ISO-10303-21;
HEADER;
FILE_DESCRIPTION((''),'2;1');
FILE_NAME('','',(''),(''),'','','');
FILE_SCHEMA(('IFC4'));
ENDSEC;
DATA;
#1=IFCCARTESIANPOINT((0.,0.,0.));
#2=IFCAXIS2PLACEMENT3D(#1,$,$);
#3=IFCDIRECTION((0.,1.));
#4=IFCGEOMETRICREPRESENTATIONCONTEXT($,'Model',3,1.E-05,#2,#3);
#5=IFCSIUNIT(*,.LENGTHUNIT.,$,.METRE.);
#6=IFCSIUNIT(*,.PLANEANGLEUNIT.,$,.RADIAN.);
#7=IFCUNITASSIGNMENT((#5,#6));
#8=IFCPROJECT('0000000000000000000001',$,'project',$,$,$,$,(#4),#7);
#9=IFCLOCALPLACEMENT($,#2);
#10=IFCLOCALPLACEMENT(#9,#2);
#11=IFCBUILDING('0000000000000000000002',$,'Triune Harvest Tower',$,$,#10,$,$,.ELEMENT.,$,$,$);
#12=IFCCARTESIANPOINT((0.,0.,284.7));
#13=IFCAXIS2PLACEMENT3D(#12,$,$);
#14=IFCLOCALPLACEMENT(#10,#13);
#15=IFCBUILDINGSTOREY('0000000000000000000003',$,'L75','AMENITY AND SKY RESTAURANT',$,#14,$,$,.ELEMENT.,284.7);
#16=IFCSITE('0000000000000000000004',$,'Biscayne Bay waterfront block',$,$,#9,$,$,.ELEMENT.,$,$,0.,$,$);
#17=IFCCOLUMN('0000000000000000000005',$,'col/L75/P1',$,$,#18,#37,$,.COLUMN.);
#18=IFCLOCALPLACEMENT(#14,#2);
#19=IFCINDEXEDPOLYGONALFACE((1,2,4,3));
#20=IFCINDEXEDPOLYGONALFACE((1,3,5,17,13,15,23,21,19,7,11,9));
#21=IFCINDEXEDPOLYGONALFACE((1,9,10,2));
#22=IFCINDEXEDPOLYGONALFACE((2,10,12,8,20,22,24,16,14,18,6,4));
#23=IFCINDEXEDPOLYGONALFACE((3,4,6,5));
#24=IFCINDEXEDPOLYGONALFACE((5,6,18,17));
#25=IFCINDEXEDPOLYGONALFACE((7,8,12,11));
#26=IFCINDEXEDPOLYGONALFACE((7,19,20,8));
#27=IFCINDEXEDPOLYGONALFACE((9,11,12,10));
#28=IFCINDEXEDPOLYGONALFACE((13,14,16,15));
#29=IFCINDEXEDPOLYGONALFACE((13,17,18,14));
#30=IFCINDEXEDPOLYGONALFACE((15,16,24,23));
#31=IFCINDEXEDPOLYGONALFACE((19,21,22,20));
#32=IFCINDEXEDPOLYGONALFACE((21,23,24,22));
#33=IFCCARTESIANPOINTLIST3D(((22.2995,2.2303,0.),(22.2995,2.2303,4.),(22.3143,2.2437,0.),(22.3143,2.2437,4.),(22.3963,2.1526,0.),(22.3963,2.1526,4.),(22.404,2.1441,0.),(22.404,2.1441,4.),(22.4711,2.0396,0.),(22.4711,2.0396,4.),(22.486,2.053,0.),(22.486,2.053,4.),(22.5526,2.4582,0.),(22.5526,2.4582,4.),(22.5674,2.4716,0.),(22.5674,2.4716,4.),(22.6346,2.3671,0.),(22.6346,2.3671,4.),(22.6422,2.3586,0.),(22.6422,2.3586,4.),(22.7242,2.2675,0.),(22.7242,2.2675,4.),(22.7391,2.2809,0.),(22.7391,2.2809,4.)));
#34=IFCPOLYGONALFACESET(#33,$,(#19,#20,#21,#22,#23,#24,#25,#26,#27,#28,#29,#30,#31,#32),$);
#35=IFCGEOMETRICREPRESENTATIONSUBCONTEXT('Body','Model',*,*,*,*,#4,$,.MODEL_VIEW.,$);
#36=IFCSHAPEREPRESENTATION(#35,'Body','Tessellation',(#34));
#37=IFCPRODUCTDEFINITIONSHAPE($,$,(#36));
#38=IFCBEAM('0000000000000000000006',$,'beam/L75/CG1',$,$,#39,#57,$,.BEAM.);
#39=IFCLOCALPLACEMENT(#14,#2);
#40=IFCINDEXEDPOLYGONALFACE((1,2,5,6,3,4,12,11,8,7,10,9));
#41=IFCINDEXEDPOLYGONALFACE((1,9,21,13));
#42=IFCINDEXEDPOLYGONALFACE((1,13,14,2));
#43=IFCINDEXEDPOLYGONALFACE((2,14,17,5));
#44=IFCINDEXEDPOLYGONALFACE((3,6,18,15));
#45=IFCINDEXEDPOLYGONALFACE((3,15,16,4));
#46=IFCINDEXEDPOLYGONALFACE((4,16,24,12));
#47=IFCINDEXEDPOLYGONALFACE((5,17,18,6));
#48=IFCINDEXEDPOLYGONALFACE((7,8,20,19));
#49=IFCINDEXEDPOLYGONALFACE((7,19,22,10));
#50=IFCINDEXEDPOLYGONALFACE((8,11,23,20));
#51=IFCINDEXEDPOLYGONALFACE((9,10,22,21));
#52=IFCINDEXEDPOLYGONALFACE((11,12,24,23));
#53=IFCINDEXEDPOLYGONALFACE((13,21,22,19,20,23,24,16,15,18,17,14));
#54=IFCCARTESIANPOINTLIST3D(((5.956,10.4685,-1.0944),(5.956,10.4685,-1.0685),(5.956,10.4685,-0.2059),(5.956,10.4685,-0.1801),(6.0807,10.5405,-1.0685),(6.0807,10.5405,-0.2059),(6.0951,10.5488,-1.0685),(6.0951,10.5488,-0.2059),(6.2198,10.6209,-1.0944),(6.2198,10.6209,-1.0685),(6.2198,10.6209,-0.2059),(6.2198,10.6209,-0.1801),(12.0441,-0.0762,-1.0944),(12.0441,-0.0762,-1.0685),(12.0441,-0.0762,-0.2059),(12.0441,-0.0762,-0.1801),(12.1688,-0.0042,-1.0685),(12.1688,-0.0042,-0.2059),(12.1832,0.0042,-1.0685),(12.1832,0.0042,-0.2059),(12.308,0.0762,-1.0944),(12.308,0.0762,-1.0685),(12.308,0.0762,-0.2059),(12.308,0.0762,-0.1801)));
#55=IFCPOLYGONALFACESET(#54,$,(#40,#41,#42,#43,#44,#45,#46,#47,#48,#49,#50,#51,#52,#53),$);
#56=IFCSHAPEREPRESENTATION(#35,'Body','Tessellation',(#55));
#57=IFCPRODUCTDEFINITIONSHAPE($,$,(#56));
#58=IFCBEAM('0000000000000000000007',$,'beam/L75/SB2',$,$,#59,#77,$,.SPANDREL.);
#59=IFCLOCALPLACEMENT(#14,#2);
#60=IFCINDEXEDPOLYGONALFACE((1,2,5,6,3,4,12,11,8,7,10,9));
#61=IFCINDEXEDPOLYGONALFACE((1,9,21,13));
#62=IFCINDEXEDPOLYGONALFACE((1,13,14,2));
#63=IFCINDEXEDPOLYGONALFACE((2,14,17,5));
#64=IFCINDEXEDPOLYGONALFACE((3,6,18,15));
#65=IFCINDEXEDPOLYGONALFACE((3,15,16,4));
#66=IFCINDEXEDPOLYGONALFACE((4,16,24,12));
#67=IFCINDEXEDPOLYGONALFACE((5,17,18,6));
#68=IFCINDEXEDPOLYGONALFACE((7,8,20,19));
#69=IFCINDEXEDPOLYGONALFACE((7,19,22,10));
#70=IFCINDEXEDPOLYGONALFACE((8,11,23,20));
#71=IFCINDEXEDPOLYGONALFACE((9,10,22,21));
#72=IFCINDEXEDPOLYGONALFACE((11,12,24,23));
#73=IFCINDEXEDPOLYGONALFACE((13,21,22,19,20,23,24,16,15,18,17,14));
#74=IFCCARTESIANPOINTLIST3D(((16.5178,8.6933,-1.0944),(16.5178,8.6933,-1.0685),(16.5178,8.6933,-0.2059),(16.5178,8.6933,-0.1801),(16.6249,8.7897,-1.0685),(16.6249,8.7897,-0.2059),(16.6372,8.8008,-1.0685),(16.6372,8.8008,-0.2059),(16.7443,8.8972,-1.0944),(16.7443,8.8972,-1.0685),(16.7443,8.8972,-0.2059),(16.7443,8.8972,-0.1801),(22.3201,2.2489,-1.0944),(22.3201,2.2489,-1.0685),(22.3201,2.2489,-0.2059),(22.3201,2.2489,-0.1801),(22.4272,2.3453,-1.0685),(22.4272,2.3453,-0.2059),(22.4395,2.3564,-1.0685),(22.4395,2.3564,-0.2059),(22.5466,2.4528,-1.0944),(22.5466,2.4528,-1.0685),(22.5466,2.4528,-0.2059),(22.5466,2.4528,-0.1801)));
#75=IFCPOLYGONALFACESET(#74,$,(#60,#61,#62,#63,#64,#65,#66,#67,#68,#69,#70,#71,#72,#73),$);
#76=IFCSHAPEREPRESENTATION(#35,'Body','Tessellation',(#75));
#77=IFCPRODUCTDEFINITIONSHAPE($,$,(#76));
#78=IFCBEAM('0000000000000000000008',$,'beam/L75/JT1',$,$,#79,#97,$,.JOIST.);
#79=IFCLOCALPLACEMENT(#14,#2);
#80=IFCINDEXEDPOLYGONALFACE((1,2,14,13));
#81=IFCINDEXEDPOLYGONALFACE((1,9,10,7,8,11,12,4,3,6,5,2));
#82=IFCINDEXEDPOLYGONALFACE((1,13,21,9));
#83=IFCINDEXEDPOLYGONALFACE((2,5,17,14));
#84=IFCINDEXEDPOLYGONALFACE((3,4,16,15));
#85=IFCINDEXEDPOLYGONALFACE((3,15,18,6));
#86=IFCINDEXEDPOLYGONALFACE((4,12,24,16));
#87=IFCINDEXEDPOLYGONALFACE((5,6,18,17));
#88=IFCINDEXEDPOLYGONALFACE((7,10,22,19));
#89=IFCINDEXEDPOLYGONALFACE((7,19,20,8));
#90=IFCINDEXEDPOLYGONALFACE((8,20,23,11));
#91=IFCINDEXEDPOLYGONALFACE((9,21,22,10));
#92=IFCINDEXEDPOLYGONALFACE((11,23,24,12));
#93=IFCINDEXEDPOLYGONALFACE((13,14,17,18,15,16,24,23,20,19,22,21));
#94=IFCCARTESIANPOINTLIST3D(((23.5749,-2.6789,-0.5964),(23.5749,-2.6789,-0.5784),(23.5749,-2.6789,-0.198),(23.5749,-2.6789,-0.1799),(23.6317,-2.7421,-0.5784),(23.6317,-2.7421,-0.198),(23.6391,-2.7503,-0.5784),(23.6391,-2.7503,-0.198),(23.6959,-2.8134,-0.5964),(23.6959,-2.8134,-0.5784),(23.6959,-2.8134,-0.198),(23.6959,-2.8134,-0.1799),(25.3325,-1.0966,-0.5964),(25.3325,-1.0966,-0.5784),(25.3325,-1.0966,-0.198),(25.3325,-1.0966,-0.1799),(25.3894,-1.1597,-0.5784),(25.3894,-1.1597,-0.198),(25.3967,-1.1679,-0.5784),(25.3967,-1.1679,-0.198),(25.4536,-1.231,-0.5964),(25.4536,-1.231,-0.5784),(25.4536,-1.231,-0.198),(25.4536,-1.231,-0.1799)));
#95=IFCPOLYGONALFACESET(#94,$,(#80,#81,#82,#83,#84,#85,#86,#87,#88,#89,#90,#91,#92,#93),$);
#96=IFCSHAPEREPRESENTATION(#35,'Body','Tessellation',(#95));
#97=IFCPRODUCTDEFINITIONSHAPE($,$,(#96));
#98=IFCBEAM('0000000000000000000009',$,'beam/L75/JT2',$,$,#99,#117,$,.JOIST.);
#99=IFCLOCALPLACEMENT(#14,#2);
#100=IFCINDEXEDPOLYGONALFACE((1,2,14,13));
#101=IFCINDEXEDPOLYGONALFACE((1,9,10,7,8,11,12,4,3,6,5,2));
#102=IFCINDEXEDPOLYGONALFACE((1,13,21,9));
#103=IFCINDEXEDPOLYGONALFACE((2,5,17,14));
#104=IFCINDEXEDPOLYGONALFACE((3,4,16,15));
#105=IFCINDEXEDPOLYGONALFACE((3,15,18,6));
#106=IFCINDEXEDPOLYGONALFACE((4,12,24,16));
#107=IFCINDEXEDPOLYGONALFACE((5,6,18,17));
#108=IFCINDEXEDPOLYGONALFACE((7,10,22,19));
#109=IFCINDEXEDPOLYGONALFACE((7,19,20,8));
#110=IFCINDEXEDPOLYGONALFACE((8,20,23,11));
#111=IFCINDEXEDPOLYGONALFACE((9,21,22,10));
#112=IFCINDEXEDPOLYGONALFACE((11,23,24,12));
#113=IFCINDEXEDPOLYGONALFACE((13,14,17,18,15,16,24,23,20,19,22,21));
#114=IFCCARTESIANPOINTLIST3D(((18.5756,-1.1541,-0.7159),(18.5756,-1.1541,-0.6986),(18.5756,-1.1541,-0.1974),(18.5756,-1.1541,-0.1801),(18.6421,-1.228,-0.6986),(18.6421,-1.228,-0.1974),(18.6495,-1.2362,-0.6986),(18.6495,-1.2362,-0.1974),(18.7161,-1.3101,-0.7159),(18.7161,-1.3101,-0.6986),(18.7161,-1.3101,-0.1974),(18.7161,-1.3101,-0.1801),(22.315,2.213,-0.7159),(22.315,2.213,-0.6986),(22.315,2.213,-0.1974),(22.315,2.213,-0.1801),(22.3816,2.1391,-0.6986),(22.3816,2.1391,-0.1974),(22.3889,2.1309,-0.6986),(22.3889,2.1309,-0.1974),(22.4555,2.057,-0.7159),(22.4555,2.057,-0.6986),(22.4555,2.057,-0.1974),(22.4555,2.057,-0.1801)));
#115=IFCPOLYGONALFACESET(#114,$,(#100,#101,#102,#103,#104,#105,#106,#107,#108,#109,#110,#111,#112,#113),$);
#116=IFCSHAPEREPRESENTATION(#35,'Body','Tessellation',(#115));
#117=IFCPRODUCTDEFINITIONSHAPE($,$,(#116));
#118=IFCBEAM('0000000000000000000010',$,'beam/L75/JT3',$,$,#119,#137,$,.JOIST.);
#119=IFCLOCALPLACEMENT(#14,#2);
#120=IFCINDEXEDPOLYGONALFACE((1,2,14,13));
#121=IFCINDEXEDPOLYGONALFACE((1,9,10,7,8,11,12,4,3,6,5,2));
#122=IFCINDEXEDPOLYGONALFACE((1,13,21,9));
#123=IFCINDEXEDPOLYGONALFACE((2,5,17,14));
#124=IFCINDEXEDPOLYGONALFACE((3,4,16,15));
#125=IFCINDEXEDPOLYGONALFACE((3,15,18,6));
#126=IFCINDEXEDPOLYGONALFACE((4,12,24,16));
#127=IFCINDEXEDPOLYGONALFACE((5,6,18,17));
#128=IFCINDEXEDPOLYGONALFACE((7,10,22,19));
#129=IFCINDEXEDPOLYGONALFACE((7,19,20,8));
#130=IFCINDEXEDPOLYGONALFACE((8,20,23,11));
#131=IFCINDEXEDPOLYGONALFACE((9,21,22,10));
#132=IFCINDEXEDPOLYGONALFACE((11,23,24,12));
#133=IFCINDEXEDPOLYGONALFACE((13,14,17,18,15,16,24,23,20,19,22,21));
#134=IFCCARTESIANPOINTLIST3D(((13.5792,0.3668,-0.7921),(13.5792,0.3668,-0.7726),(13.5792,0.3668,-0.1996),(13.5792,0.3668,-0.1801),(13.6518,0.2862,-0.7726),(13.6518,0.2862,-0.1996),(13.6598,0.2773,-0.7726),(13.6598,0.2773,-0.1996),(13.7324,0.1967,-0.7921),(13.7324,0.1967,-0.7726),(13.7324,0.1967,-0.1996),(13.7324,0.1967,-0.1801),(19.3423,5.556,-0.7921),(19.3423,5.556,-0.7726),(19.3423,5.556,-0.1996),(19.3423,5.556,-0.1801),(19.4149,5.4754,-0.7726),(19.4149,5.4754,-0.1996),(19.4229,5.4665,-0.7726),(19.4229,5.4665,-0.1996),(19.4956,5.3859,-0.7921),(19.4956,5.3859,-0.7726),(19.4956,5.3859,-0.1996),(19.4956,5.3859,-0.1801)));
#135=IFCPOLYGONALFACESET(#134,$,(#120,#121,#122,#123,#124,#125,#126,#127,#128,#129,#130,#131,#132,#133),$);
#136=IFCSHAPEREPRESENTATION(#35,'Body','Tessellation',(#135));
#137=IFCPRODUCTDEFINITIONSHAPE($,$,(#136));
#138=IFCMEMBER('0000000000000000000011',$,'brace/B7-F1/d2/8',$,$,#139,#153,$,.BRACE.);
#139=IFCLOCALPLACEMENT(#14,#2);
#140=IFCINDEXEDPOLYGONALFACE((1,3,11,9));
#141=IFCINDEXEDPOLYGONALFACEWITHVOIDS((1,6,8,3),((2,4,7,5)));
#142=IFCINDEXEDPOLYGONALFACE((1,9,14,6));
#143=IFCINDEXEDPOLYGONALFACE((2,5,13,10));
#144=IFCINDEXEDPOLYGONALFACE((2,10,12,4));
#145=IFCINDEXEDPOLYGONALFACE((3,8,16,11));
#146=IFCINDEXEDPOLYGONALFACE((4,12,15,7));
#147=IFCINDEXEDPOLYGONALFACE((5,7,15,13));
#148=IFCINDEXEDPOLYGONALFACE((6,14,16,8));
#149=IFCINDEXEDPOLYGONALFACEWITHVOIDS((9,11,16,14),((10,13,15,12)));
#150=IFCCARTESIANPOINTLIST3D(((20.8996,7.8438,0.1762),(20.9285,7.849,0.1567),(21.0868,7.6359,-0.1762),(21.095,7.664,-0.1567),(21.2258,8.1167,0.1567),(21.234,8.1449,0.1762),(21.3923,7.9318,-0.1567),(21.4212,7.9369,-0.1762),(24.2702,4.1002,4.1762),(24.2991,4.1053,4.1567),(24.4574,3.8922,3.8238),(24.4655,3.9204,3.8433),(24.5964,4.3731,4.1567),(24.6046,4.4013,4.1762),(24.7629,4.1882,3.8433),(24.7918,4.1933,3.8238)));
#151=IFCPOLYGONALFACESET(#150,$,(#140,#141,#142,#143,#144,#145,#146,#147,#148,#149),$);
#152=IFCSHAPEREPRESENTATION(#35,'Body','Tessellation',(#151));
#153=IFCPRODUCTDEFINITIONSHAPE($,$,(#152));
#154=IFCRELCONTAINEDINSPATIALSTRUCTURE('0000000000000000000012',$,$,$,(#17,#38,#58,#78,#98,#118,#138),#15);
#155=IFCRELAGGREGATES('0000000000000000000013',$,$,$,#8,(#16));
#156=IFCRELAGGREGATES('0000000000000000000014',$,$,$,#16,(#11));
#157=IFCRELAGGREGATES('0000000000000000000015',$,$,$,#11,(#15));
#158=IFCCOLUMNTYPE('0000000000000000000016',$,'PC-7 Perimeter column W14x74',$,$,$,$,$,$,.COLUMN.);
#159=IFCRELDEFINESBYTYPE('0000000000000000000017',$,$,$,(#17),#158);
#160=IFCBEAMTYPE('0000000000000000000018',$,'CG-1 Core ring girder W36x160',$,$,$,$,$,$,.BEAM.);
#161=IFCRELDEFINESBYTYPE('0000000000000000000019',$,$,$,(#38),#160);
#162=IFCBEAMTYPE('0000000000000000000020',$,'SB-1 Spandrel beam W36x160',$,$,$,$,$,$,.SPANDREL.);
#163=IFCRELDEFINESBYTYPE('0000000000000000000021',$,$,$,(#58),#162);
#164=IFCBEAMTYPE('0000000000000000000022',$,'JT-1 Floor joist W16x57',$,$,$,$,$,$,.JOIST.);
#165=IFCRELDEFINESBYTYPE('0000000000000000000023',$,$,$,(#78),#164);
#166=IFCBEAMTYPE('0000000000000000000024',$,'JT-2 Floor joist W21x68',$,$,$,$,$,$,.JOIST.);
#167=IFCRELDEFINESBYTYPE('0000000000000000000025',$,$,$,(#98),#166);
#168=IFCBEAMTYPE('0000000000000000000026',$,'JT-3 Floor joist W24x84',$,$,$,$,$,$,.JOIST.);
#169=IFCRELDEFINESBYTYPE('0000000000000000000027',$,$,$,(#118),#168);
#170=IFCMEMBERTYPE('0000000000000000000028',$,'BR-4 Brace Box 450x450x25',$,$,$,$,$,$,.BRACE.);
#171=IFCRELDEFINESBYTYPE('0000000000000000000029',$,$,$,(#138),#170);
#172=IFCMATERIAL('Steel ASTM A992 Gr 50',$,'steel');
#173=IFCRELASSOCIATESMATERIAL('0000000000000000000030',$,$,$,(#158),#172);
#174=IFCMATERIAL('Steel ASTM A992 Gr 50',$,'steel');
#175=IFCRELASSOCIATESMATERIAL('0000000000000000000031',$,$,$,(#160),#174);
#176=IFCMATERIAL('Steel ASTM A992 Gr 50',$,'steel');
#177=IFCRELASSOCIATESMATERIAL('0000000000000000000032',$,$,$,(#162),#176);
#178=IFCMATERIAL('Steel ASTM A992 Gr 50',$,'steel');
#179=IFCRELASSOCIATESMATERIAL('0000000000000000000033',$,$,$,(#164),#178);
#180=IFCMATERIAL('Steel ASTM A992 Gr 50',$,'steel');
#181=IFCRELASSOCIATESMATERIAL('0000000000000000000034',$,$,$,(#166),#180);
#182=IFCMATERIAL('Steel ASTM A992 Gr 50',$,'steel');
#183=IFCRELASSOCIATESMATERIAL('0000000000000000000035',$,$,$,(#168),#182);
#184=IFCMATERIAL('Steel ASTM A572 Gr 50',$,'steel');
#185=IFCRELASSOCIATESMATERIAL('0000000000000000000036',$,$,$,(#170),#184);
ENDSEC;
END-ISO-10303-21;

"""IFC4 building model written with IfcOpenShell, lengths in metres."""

from ifc_helpers import new_model, si_unit, direction, frame, origin, origin_2d, place, context, subcontext, project, spatial, hollow_rectangle, i_section, extrude, source, transform, mapped, material, material_profile, profile_set, type_object, element, save


model = new_model("IFC4")

# Units and contexts
model_context = context("Model", 3, precision=1e-05, world=origin(), true_north=direction((0.0, 1.0)))
body_context = subcontext(model_context, "Body", "Model", "MODEL_VIEW")
ifc_project = project(units=[si_unit("LENGTHUNIT", "METRE"), si_unit("PLANEANGLEUNIT", "RADIAN")], contexts=[model_context])

# Site, building, storey
site_placement = place(None, origin())
site = spatial("IfcSite", under=ifc_project, at=site_placement, Name="Biscayne Bay waterfront block", CompositionType="ELEMENT", RefElevation=0.0)
building_placement = place(site_placement, origin())
building = spatial("IfcBuilding", under=site, at=building_placement, Name="Triune Harvest Tower", CompositionType="ELEMENT")
storey_placement = place(building_placement, frame((0.0, 0.0, 284.7)))
storey = spatial("IfcBuildingStorey", under=building, at=storey_placement, Name="L75", Description="AMENITY AND SKY RESTAURANT", CompositionType="ELEMENT", Elevation=284.7)

# Column
ifc_material_1 = material(Name="Steel ASTM A992 Gr 50", Category="steel")
ifc_material_profile_1 = material_profile(ifc_material_1, i_section(OverallWidth=0.2566, OverallDepth=0.3606, WebThickness=0.0115, FlangeThickness=0.02, at=origin_2d()), Name="W14x74")
ifc_profile_set_1 = profile_set([ifc_material_profile_1], Name="Steel ASTM A992 Gr 50")
column_type = type_object("IfcColumnType", Name="PC-7 Perimeter column W14x74", PredefinedType="COLUMN", material=ifc_profile_set_1)
shared_shape_1 = source(origin(), body_context, "Body", "SweptSolid", [
    extrude(i_section(OverallWidth=0.2566, OverallDepth=0.3606, WebThickness=0.0115, FlangeThickness=0.02, at=origin_2d()), origin(), (0.0, 0.0, 1.0), 4.0),
])
column_placement = place(storey_placement, frame((22.5193, 2.2556, 0.0), z_axis=(0.0, 0.0, 1.0), x_axis=(-0.669131, 0.743145, 0.0)))
element("IfcColumn", 1, at=column_placement, inside=storey, type_object=column_type, Name="col/L75/P1", PredefinedType="COLUMN", context=body_context, shape_type="MappedRepresentation", body=[
    mapped(shared_shape_1, transform((0.0, 0.0, 0.0), scale=1.0)),
])

# Beams
ifc_material_2 = material(Name="Steel ASTM A992 Gr 50", Category="steel")
ifc_material_profile_2 = material_profile(ifc_material_2, i_section(OverallWidth=0.3047, OverallDepth=0.9143, WebThickness=0.0166, FlangeThickness=0.0259, at=origin_2d()), Name="W36x160")
ifc_profile_set_2 = profile_set([ifc_material_profile_2], Name="Steel ASTM A992 Gr 50")
beam_type_1 = type_object("IfcBeamType", Name="CG-1 Core ring girder W36x160", PredefinedType="BEAM", material=ifc_profile_set_2)
shared_shape_2 = source(origin(), body_context, "Body", "SweptSolid", [
    extrude(i_section(OverallWidth=0.3047, OverallDepth=0.9143, WebThickness=0.0166, FlangeThickness=0.0259, at=origin_2d()), origin(), (0.0, 0.0, 1.0), 12.176),
])
beam_1_placement = place(storey_placement, frame((12.176, 0.0, -0.6372), z_axis=(-0.50001, 0.86602, 0.0), x_axis=(-0.86602, -0.50001, 0.0)))
element("IfcBeam", 2, at=beam_1_placement, inside=storey, type_object=beam_type_1, Name="beam/L75/CG1", PredefinedType="BEAM", context=body_context, shape_type="MappedRepresentation", body=[
    mapped(shared_shape_2, transform((0.0, 0.0, 0.0), scale=1.0)),
])
ifc_material_3 = material(Name="Steel ASTM A992 Gr 50", Category="steel")
ifc_material_profile_3 = material_profile(ifc_material_3, i_section(OverallWidth=0.3047, OverallDepth=0.9143, WebThickness=0.0166, FlangeThickness=0.0259, at=origin_2d()), Name="W36x160")
ifc_profile_set_3 = profile_set([ifc_material_profile_3], Name="Steel ASTM A992 Gr 50")
beam_type_2 = type_object("IfcBeamType", Name="SB-1 Spandrel beam W36x160", PredefinedType="SPANDREL", material=ifc_profile_set_3)
shared_shape_3 = source(origin(), body_context, "Body", "SweptSolid", [
    extrude(i_section(OverallWidth=0.3047, OverallDepth=0.9143, WebThickness=0.0166, FlangeThickness=0.0259, at=origin_2d()), origin(), (0.0, 0.0, 1.0), 8.6716),
])
beam_2_placement = place(storey_placement, frame((22.4333, 2.3508, -0.6372), z_axis=(-0.669114, 0.74316, 0.0), x_axis=(-0.74316, -0.669114, 0.0)))
element("IfcBeam", 3, at=beam_2_placement, inside=storey, type_object=beam_type_2, Name="beam/L75/SB2", PredefinedType="SPANDREL", context=body_context, shape_type="MappedRepresentation", body=[
    mapped(shared_shape_3, transform((0.0, 0.0, 0.0), scale=1.0)),
])
ifc_material_4 = material(Name="Steel ASTM A992 Gr 50", Category="steel")
ifc_material_profile_4 = material_profile(ifc_material_4, i_section(OverallWidth=0.1809, OverallDepth=0.4165, WebThickness=0.011, FlangeThickness=0.0181, at=origin_2d()), Name="W16x57")
ifc_profile_set_4 = profile_set([ifc_material_profile_4], Name="Steel ASTM A992 Gr 50")
beam_type_3 = type_object("IfcBeamType", Name="JT-1 Floor joist W16x57", PredefinedType="JOIST", material=ifc_profile_set_4)
shared_shape_4 = source(origin(), body_context, "Body", "SweptSolid", [
    extrude(i_section(OverallWidth=0.1809, OverallDepth=0.4165, WebThickness=0.011, FlangeThickness=0.0181, at=origin_2d()), origin(), (0.0, 0.0, 1.0), 2.365),
])
beam_3_placement = place(storey_placement, frame((25.3931, -1.1638, -0.3882), z_axis=(-0.743197, -0.669073, 0.0), x_axis=(0.669073, -0.743197, 0.0)))
element("IfcBeam", 4, at=beam_3_placement, inside=storey, type_object=beam_type_3, Name="beam/L75/JT1", PredefinedType="JOIST", context=body_context, shape_type="MappedRepresentation", body=[
    mapped(shared_shape_4, transform((0.0, 0.0, 0.0), scale=1.0)),
])
ifc_material_5 = material(Name="Steel ASTM A992 Gr 50", Category="steel")
ifc_material_profile_5 = material_profile(ifc_material_5, i_section(OverallWidth=0.21, OverallDepth=0.5359, WebThickness=0.011, FlangeThickness=0.0173, at=origin_2d()), Name="W21x68")
ifc_profile_set_5 = profile_set([ifc_material_profile_5], Name="Steel ASTM A992 Gr 50")
beam_type_4 = type_object("IfcBeamType", Name="JT-2 Floor joist W21x68", PredefinedType="JOIST", material=ifc_profile_set_5)
shared_shape_5 = source(origin(), body_context, "Body", "SweptSolid", [
    extrude(i_section(OverallWidth=0.21, OverallDepth=0.5359, WebThickness=0.011, FlangeThickness=0.0173, at=origin_2d()), origin(), (0.0, 0.0, 1.0), 5.032),
])
beam_4_placement = place(storey_placement, frame((22.3853, 2.135, -0.448), z_axis=(-0.743132, -0.669144, 0.0), x_axis=(0.669144, -0.743132, 0.0)))
element("IfcBeam", 5, at=beam_4_placement, inside=storey, type_object=beam_type_4, Name="beam/L75/JT2", PredefinedType="JOIST", context=body_context, shape_type="MappedRepresentation", body=[
    mapped(shared_shape_5, transform((0.0, 0.0, 0.0), scale=1.0)),
])
ifc_material_6 = material(Name="Steel ASTM A992 Gr 50", Category="steel")
ifc_material_profile_6 = material_profile(ifc_material_6, i_section(OverallWidth=0.229, OverallDepth=0.6121, WebThickness=0.012, FlangeThickness=0.0195, at=origin_2d()), Name="W24x84")
ifc_profile_set_6 = profile_set([ifc_material_profile_6], Name="Steel ASTM A992 Gr 50")
beam_type_5 = type_object("IfcBeamType", Name="JT-3 Floor joist W24x84", PredefinedType="JOIST", material=ifc_profile_set_6)
shared_shape_6 = source(origin(), body_context, "Body", "SweptSolid", [
    extrude(i_section(OverallWidth=0.229, OverallDepth=0.6121, WebThickness=0.012, FlangeThickness=0.0195, at=origin_2d()), origin(), (0.0, 0.0, 1.0), 7.7551),
])
beam_5_placement = place(storey_placement, frame((19.4189, 5.4709, -0.4861), z_axis=(-0.743144, -0.669132, 0.0), x_axis=(0.669132, -0.743144, 0.0)))
element("IfcBeam", 6, at=beam_5_placement, inside=storey, type_object=beam_type_5, Name="beam/L75/JT3", PredefinedType="JOIST", context=body_context, shape_type="MappedRepresentation", body=[
    mapped(shared_shape_6, transform((0.0, 0.0, 0.0), scale=1.0)),
])

# Member
ifc_material_7 = material(Name="Steel ASTM A572 Gr 50", Category="steel")
ifc_material_profile_7 = material_profile(ifc_material_7, hollow_rectangle(XDim=0.45, YDim=0.45, WallThickness=0.0249, at=origin_2d()), Name="Box 450x450x25")
ifc_profile_set_7 = profile_set([ifc_material_profile_7], Name="Steel ASTM A572 Gr 50")
member_type_1 = type_object("IfcMemberType", Name="BR-4 Brace Box 450x450x25", PredefinedType="BRACE", material=ifc_profile_set_7)
shared_shape_7 = source(origin(), body_context, "Body", "SweptSolid", [
    extrude(hollow_rectangle(XDim=0.45, YDim=0.45, WallThickness=0.0249, at=origin_2d()), origin(), (0.0, 0.0, 1.0), 6.4324),
])
member_1_placement = place(storey_placement, frame((21.1604, 7.8904, 0.0), z_axis=(0.524003, -0.581998, 0.621851), x_axis=(0.743164, 0.669109, 0.0)))
element("IfcMember", 7, at=member_1_placement, inside=storey, type_object=member_type_1, Name="brace/B7-F1/d2/8", PredefinedType="BRACE", context=body_context, shape_type="MappedRepresentation", body=[
    mapped(shared_shape_7, transform((0.0, 0.0, 0.0), scale=1.0)),
])

save(model, "model.ifc")
